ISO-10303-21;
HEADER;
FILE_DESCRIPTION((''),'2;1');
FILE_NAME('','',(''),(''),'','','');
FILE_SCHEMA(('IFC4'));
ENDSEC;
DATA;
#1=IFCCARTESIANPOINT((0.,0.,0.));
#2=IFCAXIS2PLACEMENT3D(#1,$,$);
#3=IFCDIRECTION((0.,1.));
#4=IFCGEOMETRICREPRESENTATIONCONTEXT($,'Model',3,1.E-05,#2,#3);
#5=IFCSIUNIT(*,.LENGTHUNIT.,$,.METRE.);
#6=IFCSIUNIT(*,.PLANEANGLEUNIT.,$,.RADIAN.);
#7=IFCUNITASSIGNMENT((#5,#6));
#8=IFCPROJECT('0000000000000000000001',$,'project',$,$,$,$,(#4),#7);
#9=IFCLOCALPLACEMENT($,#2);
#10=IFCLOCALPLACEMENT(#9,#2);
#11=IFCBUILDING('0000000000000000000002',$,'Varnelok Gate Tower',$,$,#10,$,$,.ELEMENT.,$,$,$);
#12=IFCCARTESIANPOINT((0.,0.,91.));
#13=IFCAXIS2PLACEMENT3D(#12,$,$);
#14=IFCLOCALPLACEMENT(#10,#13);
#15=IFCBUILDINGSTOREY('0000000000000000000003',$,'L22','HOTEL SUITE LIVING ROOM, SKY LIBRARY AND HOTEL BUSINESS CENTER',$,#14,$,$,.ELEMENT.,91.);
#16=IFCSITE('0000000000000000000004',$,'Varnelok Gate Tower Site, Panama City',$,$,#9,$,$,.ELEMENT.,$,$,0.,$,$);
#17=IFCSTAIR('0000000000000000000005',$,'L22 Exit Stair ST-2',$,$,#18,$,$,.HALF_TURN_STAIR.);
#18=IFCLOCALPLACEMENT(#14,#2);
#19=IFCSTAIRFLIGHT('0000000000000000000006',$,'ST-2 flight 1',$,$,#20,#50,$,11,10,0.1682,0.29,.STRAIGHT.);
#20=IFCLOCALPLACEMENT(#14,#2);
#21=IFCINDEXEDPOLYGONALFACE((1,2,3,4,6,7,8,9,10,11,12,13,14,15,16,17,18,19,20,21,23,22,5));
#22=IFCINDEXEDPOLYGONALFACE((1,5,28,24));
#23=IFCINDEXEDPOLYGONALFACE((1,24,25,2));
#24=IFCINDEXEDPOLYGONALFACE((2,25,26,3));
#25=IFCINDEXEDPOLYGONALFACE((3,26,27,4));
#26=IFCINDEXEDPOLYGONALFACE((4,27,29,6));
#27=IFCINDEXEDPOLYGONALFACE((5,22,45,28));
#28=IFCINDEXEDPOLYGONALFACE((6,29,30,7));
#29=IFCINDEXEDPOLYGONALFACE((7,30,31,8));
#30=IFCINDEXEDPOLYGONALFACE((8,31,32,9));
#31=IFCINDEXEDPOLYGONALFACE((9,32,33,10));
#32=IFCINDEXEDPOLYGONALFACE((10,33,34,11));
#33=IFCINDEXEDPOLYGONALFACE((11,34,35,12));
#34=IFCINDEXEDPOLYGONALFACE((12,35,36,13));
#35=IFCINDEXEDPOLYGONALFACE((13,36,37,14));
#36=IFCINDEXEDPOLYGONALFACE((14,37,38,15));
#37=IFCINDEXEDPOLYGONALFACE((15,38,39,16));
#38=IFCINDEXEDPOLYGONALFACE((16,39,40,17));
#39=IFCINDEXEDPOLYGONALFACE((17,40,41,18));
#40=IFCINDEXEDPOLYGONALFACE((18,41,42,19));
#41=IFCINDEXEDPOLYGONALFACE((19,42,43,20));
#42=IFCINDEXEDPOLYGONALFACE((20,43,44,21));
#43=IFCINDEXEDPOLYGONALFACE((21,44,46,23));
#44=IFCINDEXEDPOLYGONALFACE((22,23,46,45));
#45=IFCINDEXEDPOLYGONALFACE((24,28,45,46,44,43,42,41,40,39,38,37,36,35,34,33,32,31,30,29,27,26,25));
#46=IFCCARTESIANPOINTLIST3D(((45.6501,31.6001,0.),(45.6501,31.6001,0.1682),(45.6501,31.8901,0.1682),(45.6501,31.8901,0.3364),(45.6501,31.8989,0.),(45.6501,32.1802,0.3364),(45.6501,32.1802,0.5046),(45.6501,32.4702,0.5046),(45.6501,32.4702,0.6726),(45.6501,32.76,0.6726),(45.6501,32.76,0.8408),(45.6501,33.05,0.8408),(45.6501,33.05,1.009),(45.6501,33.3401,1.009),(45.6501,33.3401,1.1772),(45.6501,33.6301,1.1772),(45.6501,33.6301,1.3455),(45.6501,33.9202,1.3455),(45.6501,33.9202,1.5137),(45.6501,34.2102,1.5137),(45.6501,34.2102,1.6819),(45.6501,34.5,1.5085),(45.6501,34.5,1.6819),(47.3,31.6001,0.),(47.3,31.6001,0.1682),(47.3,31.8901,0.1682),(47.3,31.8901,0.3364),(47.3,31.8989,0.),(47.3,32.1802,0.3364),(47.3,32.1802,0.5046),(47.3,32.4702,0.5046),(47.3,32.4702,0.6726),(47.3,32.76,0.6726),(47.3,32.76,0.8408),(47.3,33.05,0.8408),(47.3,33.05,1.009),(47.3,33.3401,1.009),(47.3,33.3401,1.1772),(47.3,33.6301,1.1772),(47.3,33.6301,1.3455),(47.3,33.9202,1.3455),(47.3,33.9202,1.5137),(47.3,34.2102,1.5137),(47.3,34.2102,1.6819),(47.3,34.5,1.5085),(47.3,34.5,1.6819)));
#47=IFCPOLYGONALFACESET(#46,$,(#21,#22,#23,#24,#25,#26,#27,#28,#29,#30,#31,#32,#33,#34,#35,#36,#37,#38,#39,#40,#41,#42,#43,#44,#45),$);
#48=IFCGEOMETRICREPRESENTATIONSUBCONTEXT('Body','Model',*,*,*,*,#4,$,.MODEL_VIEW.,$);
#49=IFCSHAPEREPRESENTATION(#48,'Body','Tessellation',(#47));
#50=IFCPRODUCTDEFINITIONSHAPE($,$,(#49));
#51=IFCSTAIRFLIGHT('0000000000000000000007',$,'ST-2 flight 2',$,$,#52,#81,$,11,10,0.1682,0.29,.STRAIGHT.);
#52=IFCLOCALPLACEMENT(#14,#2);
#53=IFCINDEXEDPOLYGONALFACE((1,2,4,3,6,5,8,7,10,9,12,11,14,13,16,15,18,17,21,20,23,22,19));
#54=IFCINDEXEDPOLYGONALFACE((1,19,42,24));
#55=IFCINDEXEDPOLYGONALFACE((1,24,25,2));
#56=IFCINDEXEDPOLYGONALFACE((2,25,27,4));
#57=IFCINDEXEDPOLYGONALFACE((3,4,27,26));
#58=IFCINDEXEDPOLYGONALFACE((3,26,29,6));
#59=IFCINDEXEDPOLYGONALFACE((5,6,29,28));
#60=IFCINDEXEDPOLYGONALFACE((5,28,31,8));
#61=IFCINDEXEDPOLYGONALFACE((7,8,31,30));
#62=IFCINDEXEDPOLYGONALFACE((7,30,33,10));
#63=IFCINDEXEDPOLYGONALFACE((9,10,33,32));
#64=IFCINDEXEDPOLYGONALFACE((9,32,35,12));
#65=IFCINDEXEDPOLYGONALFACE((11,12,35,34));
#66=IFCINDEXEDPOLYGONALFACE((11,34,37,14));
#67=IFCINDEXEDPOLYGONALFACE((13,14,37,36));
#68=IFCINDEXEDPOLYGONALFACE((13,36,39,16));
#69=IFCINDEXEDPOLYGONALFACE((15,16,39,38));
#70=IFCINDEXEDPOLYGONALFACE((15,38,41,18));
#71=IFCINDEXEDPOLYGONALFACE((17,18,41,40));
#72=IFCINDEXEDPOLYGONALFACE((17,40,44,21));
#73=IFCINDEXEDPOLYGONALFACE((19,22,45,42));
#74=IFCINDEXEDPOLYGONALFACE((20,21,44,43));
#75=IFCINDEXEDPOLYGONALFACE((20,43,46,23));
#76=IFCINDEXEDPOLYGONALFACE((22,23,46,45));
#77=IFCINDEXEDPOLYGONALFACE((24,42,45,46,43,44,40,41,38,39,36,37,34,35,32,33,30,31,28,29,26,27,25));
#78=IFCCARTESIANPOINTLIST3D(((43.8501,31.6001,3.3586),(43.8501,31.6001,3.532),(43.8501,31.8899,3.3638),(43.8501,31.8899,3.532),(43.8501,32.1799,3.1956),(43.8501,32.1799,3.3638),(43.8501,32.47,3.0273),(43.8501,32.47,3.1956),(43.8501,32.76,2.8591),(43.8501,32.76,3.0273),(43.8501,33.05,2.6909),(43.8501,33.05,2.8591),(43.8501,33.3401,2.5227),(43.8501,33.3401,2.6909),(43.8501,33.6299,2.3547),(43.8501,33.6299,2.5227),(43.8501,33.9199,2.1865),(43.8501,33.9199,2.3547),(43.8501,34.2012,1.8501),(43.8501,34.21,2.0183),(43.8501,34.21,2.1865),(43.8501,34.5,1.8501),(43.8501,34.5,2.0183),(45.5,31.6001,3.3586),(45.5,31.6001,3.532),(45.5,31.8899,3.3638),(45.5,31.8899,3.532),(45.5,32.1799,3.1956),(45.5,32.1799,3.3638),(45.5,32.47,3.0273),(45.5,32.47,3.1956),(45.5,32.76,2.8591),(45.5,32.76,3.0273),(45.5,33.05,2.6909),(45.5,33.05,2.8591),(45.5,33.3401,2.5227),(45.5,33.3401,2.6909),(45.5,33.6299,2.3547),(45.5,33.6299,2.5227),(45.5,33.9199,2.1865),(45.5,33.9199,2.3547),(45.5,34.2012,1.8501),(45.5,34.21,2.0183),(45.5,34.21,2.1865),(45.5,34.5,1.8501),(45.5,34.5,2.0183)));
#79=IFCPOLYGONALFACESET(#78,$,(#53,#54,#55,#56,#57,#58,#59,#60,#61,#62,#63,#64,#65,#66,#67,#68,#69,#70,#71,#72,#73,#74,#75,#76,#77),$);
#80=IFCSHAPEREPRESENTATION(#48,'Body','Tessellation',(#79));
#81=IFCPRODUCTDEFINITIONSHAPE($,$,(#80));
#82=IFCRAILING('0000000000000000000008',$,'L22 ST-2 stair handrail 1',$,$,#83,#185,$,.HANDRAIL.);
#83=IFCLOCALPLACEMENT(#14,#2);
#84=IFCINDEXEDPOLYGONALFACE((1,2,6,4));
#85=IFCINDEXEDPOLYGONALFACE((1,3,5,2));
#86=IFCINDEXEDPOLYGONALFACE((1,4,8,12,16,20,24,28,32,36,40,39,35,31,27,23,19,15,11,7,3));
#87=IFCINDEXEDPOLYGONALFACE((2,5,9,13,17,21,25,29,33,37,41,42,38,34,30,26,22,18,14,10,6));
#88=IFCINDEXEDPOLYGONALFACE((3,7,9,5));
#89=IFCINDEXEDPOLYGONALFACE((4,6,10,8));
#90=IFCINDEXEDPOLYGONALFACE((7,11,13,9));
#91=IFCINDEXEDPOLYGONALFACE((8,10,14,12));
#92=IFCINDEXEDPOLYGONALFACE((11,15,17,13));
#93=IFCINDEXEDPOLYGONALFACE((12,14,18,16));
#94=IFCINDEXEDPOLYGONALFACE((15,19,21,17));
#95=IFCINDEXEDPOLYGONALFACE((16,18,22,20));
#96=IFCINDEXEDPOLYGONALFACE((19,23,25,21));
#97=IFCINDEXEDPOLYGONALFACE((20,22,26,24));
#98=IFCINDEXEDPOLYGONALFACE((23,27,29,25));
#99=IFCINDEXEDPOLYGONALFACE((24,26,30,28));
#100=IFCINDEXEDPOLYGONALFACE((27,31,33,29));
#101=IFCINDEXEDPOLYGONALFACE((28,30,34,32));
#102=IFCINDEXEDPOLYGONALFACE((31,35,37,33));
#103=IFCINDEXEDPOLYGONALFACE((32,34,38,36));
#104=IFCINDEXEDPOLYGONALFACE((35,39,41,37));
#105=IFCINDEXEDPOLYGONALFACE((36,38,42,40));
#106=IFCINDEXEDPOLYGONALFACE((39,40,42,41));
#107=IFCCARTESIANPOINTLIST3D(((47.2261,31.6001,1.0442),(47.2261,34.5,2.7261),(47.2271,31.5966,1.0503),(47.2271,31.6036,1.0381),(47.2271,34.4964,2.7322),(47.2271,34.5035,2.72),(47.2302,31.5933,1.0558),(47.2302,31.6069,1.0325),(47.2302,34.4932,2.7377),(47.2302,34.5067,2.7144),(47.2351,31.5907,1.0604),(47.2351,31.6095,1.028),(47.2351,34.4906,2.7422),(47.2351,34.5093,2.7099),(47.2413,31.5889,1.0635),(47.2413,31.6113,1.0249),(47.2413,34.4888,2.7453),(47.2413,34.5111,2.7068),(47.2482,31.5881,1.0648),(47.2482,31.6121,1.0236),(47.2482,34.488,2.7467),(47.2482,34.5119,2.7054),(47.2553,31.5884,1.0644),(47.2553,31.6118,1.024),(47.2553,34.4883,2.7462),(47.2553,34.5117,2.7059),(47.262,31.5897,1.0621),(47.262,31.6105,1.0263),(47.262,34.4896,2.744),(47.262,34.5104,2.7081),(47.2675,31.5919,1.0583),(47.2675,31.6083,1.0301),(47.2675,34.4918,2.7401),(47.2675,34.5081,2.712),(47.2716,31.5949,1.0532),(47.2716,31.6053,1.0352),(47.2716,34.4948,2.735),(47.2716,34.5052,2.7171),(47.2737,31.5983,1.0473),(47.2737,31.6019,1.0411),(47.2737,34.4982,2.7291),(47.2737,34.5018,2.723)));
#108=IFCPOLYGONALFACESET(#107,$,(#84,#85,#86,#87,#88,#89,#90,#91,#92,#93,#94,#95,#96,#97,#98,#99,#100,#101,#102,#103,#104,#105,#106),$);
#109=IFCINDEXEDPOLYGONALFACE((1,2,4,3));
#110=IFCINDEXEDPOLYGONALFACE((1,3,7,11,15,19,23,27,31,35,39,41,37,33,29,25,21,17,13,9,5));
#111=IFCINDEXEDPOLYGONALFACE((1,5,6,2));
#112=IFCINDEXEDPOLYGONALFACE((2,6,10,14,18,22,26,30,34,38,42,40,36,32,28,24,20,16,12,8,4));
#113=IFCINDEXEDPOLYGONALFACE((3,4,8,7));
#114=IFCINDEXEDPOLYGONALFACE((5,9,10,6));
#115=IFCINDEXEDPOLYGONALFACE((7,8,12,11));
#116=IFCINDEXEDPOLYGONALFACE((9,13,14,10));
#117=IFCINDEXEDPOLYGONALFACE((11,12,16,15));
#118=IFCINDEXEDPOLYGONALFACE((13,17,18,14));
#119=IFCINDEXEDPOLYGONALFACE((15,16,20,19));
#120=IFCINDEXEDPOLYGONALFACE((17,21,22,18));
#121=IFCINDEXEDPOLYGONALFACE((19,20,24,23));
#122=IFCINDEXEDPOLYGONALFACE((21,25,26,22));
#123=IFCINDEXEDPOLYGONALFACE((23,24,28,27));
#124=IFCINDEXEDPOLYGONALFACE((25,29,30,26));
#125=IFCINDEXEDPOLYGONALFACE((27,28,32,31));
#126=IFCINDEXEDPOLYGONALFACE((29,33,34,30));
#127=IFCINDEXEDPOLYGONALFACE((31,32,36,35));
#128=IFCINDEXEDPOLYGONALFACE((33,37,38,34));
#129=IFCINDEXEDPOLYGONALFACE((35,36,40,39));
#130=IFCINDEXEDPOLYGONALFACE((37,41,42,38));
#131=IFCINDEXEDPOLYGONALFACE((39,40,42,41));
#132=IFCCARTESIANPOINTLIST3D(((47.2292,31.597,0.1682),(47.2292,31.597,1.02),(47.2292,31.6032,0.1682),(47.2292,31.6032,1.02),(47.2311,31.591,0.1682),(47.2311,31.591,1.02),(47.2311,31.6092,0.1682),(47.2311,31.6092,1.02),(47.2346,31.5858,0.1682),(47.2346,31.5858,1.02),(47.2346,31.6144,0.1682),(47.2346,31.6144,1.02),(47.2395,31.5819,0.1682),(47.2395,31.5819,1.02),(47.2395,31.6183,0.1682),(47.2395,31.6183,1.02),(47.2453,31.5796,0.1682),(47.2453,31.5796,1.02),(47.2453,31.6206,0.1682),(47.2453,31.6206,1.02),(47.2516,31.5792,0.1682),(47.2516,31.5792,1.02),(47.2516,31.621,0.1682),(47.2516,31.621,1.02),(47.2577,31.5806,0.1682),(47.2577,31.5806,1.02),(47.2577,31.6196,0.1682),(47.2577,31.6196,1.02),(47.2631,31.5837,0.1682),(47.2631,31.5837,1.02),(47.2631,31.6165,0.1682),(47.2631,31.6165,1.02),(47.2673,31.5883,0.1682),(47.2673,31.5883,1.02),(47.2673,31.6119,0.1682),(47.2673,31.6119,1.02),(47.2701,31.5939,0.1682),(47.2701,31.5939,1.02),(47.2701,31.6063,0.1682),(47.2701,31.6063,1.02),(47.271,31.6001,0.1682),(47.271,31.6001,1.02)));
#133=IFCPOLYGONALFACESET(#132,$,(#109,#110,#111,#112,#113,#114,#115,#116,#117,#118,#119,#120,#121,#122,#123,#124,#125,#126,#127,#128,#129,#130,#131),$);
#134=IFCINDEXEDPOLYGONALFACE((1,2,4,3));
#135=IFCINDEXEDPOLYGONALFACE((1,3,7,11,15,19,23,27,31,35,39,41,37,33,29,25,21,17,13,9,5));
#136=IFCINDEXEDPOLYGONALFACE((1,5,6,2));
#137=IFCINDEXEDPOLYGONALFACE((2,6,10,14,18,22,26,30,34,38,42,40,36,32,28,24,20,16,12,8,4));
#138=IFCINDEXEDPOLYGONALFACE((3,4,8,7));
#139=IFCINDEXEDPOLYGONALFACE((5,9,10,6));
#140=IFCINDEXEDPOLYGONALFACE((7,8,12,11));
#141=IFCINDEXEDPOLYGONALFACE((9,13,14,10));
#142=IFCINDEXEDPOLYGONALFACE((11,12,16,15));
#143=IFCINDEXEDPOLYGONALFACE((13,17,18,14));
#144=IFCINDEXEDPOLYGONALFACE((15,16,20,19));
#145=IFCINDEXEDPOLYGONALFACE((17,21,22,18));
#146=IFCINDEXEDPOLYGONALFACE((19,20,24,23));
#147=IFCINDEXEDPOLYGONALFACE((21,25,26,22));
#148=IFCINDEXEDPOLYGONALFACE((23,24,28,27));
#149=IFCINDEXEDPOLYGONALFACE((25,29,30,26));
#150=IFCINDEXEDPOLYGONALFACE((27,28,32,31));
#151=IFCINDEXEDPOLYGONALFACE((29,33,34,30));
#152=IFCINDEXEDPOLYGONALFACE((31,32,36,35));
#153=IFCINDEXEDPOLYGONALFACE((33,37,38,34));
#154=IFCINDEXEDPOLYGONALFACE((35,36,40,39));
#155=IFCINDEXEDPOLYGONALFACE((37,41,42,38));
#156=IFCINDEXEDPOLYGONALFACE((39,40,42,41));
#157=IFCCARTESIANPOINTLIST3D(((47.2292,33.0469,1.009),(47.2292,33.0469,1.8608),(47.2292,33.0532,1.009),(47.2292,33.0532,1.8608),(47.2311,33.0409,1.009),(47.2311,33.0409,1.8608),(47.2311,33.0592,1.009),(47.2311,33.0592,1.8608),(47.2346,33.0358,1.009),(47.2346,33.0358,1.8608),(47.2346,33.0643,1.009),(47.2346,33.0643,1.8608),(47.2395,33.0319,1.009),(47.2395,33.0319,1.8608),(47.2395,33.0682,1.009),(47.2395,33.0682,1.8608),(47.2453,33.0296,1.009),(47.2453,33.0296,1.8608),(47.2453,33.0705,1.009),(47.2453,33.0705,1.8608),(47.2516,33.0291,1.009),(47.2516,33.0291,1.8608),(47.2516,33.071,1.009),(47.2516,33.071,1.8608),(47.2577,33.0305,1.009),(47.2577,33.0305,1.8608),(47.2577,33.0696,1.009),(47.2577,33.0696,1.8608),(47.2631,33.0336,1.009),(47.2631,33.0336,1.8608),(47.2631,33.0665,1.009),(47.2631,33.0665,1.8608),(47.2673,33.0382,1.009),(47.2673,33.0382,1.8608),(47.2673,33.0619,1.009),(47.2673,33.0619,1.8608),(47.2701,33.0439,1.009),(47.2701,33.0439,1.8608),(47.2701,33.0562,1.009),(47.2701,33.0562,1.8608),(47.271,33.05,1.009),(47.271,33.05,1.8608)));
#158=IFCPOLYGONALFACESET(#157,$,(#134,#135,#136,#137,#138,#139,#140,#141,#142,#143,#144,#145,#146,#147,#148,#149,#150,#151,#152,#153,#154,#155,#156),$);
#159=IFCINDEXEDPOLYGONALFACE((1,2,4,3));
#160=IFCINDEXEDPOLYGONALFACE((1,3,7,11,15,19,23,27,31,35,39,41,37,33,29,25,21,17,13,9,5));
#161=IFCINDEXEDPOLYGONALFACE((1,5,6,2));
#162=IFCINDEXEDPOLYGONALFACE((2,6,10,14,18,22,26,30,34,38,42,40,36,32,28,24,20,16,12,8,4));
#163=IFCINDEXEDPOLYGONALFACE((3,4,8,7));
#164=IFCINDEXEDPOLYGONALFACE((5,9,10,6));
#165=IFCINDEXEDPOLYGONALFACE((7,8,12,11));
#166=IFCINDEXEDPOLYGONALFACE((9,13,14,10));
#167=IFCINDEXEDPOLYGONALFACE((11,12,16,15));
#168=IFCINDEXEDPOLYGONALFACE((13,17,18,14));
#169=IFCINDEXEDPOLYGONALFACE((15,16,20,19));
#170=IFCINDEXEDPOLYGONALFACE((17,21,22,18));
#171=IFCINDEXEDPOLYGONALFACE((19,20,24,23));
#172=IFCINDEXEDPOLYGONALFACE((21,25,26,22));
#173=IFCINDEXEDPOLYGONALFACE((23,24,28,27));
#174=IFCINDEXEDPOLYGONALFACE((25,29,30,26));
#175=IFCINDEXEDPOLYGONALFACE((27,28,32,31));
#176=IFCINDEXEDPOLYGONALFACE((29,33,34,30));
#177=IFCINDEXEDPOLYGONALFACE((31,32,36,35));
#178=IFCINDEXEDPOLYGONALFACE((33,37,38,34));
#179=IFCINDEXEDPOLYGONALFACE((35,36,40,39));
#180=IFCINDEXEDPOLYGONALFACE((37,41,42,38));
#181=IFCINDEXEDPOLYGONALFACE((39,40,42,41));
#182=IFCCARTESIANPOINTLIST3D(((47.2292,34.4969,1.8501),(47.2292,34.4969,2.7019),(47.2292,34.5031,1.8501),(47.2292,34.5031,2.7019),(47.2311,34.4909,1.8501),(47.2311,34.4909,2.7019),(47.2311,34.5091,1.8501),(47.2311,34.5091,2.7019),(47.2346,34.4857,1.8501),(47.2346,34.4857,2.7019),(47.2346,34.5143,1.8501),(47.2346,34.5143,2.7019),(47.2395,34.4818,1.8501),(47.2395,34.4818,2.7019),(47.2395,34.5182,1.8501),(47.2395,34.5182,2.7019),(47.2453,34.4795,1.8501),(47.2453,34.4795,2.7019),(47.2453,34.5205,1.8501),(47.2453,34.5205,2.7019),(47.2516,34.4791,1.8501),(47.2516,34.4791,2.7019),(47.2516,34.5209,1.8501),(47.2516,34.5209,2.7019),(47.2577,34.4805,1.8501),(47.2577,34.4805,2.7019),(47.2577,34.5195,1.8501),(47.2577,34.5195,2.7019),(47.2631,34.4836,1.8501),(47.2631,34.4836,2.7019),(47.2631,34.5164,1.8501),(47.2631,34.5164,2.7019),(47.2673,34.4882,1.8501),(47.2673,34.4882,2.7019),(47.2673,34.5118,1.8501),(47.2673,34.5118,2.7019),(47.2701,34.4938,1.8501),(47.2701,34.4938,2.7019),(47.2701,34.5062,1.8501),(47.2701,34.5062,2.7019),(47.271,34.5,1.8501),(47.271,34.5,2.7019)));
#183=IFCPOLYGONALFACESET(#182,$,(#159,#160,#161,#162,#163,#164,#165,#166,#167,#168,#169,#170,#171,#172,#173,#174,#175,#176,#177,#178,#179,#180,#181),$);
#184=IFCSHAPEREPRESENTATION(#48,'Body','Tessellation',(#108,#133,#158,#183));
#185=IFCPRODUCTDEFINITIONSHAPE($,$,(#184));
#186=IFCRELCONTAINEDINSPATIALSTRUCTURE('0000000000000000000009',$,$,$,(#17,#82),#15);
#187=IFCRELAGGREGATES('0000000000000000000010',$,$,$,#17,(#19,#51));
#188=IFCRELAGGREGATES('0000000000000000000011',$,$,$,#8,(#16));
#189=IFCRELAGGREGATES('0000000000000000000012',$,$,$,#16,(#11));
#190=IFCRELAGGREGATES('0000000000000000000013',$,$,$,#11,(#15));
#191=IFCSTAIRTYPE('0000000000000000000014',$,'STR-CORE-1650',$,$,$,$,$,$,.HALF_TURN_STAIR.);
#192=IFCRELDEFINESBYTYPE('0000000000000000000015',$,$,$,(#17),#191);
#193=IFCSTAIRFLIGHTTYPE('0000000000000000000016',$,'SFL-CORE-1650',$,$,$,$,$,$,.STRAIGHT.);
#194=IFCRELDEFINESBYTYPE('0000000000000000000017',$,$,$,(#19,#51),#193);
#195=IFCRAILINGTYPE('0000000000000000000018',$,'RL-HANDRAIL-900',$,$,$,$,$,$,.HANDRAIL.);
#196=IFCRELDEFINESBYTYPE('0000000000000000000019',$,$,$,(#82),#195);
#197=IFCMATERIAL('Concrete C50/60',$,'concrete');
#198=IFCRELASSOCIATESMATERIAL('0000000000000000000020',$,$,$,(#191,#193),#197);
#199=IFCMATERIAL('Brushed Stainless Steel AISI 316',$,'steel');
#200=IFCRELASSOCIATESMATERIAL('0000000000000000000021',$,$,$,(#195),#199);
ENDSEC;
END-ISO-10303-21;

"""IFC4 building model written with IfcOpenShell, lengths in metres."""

from ifc_helpers import new_model, si_unit, direction, frame, origin, origin_2d, place, context, subcontext, project, spatial, polyline, circle, outline, extrude, material, type_object, element, aggregate, save


model = new_model("IFC4")

# Units and contexts
model_context = context("Model", 3, precision=1e-05, world=origin(), true_north=direction((0.0, 1.0)))
body_context = subcontext(model_context, "Body", "Model", "MODEL_VIEW")
ifc_project = project(units=[si_unit("LENGTHUNIT", "METRE"), si_unit("PLANEANGLEUNIT", "RADIAN")], contexts=[model_context])

# Site, building, storey
site_placement = place(None, origin())
site = spatial("IfcSite", under=ifc_project, at=site_placement, Name="Varnelok Gate Tower Site, Panama City", CompositionType="ELEMENT", RefElevation=0.0)
building_placement = place(site_placement, origin())
building = spatial("IfcBuilding", under=site, at=building_placement, Name="Varnelok Gate Tower", CompositionType="ELEMENT")
storey_placement = place(building_placement, frame((0.0, 0.0, 91.0)))
storey = spatial("IfcBuildingStorey", under=building, at=storey_placement, Name="L22", Description="HOTEL SUITE LIVING ROOM, SKY LIBRARY AND HOTEL BUSINESS CENTER", CompositionType="ELEMENT", Elevation=91.0)

# Stair, stair flights
ifc_material_1 = material(Name="Concrete C50/60", Category="concrete")
stair_type = type_object("IfcStairType", Name="STR-CORE-1650", PredefinedType="HALF_TURN_STAIR", material=ifc_material_1)
stair_placement = place(storey_placement, origin())
stair = element("IfcStair", 1, at=stair_placement, inside=storey, type_object=stair_type, Name="L22 Exit Stair ST-2", PredefinedType="HALF_TURN_STAIR")
stair_flight_type = type_object("IfcStairFlightType", Name="SFL-CORE-1650", PredefinedType="STRAIGHT", material=ifc_material_1)
stair_flight_1_placement = place(storey_placement, frame((46.4751, 31.6001, 0.0), z_axis=(0.0, 0.0, 1.0), x_axis=(0.0, 1.0, 0.0)))
stair_flight_1 = element("IfcStairFlight", 2, at=stair_flight_1_placement, type_object=stair_flight_type, Name="ST-2 flight 1", NumberOfRisers=11, NumberOfTreads=10, PredefinedType="STRAIGHT", RiserHeight=0.1682, TreadLength=0.29, context=body_context, shape_type="SweptSolid", body=[
    extrude(outline(polyline([(0.0, 0.0), (0.0, 0.1682), (0.29, 0.1682), (0.29, 0.3364), (0.5801, 0.3364), (0.5801, 0.5046), (0.8701, 0.5046), (0.8701, 0.6726), (1.1599, 0.6726), (1.1599, 0.8408), (1.45, 0.8408), (1.45, 1.009), (1.74, 1.009), (1.74, 1.1772), (2.03, 1.1772), (2.03, 1.3455), (2.3201, 1.3455), (2.3201, 1.5137), (2.6101, 1.5137), (2.6101, 1.6819), (2.8999, 1.6819), (2.8999, 1.8501), (2.8999, 1.5085), (0.2988, 0.0), (0.0, 0.0)])), frame((0.0, 0.825, 0.0), z_axis=(0.0, -1.0, 0.0), x_axis=(1.0, 0.0, 0.0)), (0.0, 0.0, 1.0), 1.6499),
])
stair_flight_2_placement = place(storey_placement, frame((44.675, 34.5, 1.8501), z_axis=(0.0, 0.0, 1.0), x_axis=(0.0, -1.0, 0.0)))
stair_flight_2 = element("IfcStairFlight", 3, at=stair_flight_2_placement, type_object=stair_flight_type, Name="ST-2 flight 2", NumberOfRisers=11, NumberOfTreads=10, PredefinedType="STRAIGHT", RiserHeight=0.1682, TreadLength=0.29, context=body_context, shape_type="SweptSolid", body=[
    extrude(outline(polyline([(0.0, 0.0), (0.0, 0.1682), (0.29, 0.1682), (0.29, 0.3364), (0.5801, 0.3364), (0.5801, 0.5046), (0.8701, 0.5046), (0.8701, 0.6726), (1.1599, 0.6726), (1.1599, 0.8408), (1.45, 0.8408), (1.45, 1.009), (1.74, 1.009), (1.74, 1.1772), (2.03, 1.1772), (2.03, 1.3455), (2.3201, 1.3455), (2.3201, 1.5137), (2.6101, 1.5137), (2.6101, 1.6819), (2.8999, 1.6819), (2.8999, 1.8501), (2.8999, 1.5085), (0.2988, 0.0), (0.0, 0.0)])), frame((0.0, 0.825, 0.0), z_axis=(0.0, -1.0, 0.0), x_axis=(1.0, 0.0, 0.0)), (0.0, 0.0, 1.0), 1.6499),
])
aggregate(stair, [stair_flight_1, stair_flight_2])

# Railing
ifc_material_2 = material(Name="Brushed Stainless Steel AISI 316", Category="steel")
railing_type_1 = type_object("IfcRailingType", Name="RL-HANDRAIL-900", PredefinedType="HANDRAIL", material=ifc_material_2)
railing_1_placement = place(storey_placement, frame((47.25, 31.6001, 0.1682)))
element("IfcRailing", 4, at=railing_1_placement, inside=storey, type_object=railing_type_1, Name="L22 ST-2 stair handrail 1", PredefinedType="HANDRAIL", context=body_context, shape_type="SweptSolid", body=[
    extrude(circle(Radius=0.0239, at=origin_2d()), frame((0.0, 0.0, 0.876), z_axis=(0.0, 0.865039, 0.501705), x_axis=(-1.0, 0.0, 0.0)), (0.0, 0.0, 1.0), 3.3523),
    extrude(circle(Radius=0.021, at=origin_2d()), origin(), (0.0, 0.0, 1.0), 0.8518),
    extrude(circle(Radius=0.021, at=origin_2d()), frame((0.0, 1.45, 0.8408)), (0.0, 0.0, 1.0), 0.8518),
    extrude(circle(Radius=0.021, at=origin_2d()), frame((0.0, 2.8999, 1.6819)), (0.0, 0.0, 1.0), 0.8518),
])

save(model, "model.ifc")
